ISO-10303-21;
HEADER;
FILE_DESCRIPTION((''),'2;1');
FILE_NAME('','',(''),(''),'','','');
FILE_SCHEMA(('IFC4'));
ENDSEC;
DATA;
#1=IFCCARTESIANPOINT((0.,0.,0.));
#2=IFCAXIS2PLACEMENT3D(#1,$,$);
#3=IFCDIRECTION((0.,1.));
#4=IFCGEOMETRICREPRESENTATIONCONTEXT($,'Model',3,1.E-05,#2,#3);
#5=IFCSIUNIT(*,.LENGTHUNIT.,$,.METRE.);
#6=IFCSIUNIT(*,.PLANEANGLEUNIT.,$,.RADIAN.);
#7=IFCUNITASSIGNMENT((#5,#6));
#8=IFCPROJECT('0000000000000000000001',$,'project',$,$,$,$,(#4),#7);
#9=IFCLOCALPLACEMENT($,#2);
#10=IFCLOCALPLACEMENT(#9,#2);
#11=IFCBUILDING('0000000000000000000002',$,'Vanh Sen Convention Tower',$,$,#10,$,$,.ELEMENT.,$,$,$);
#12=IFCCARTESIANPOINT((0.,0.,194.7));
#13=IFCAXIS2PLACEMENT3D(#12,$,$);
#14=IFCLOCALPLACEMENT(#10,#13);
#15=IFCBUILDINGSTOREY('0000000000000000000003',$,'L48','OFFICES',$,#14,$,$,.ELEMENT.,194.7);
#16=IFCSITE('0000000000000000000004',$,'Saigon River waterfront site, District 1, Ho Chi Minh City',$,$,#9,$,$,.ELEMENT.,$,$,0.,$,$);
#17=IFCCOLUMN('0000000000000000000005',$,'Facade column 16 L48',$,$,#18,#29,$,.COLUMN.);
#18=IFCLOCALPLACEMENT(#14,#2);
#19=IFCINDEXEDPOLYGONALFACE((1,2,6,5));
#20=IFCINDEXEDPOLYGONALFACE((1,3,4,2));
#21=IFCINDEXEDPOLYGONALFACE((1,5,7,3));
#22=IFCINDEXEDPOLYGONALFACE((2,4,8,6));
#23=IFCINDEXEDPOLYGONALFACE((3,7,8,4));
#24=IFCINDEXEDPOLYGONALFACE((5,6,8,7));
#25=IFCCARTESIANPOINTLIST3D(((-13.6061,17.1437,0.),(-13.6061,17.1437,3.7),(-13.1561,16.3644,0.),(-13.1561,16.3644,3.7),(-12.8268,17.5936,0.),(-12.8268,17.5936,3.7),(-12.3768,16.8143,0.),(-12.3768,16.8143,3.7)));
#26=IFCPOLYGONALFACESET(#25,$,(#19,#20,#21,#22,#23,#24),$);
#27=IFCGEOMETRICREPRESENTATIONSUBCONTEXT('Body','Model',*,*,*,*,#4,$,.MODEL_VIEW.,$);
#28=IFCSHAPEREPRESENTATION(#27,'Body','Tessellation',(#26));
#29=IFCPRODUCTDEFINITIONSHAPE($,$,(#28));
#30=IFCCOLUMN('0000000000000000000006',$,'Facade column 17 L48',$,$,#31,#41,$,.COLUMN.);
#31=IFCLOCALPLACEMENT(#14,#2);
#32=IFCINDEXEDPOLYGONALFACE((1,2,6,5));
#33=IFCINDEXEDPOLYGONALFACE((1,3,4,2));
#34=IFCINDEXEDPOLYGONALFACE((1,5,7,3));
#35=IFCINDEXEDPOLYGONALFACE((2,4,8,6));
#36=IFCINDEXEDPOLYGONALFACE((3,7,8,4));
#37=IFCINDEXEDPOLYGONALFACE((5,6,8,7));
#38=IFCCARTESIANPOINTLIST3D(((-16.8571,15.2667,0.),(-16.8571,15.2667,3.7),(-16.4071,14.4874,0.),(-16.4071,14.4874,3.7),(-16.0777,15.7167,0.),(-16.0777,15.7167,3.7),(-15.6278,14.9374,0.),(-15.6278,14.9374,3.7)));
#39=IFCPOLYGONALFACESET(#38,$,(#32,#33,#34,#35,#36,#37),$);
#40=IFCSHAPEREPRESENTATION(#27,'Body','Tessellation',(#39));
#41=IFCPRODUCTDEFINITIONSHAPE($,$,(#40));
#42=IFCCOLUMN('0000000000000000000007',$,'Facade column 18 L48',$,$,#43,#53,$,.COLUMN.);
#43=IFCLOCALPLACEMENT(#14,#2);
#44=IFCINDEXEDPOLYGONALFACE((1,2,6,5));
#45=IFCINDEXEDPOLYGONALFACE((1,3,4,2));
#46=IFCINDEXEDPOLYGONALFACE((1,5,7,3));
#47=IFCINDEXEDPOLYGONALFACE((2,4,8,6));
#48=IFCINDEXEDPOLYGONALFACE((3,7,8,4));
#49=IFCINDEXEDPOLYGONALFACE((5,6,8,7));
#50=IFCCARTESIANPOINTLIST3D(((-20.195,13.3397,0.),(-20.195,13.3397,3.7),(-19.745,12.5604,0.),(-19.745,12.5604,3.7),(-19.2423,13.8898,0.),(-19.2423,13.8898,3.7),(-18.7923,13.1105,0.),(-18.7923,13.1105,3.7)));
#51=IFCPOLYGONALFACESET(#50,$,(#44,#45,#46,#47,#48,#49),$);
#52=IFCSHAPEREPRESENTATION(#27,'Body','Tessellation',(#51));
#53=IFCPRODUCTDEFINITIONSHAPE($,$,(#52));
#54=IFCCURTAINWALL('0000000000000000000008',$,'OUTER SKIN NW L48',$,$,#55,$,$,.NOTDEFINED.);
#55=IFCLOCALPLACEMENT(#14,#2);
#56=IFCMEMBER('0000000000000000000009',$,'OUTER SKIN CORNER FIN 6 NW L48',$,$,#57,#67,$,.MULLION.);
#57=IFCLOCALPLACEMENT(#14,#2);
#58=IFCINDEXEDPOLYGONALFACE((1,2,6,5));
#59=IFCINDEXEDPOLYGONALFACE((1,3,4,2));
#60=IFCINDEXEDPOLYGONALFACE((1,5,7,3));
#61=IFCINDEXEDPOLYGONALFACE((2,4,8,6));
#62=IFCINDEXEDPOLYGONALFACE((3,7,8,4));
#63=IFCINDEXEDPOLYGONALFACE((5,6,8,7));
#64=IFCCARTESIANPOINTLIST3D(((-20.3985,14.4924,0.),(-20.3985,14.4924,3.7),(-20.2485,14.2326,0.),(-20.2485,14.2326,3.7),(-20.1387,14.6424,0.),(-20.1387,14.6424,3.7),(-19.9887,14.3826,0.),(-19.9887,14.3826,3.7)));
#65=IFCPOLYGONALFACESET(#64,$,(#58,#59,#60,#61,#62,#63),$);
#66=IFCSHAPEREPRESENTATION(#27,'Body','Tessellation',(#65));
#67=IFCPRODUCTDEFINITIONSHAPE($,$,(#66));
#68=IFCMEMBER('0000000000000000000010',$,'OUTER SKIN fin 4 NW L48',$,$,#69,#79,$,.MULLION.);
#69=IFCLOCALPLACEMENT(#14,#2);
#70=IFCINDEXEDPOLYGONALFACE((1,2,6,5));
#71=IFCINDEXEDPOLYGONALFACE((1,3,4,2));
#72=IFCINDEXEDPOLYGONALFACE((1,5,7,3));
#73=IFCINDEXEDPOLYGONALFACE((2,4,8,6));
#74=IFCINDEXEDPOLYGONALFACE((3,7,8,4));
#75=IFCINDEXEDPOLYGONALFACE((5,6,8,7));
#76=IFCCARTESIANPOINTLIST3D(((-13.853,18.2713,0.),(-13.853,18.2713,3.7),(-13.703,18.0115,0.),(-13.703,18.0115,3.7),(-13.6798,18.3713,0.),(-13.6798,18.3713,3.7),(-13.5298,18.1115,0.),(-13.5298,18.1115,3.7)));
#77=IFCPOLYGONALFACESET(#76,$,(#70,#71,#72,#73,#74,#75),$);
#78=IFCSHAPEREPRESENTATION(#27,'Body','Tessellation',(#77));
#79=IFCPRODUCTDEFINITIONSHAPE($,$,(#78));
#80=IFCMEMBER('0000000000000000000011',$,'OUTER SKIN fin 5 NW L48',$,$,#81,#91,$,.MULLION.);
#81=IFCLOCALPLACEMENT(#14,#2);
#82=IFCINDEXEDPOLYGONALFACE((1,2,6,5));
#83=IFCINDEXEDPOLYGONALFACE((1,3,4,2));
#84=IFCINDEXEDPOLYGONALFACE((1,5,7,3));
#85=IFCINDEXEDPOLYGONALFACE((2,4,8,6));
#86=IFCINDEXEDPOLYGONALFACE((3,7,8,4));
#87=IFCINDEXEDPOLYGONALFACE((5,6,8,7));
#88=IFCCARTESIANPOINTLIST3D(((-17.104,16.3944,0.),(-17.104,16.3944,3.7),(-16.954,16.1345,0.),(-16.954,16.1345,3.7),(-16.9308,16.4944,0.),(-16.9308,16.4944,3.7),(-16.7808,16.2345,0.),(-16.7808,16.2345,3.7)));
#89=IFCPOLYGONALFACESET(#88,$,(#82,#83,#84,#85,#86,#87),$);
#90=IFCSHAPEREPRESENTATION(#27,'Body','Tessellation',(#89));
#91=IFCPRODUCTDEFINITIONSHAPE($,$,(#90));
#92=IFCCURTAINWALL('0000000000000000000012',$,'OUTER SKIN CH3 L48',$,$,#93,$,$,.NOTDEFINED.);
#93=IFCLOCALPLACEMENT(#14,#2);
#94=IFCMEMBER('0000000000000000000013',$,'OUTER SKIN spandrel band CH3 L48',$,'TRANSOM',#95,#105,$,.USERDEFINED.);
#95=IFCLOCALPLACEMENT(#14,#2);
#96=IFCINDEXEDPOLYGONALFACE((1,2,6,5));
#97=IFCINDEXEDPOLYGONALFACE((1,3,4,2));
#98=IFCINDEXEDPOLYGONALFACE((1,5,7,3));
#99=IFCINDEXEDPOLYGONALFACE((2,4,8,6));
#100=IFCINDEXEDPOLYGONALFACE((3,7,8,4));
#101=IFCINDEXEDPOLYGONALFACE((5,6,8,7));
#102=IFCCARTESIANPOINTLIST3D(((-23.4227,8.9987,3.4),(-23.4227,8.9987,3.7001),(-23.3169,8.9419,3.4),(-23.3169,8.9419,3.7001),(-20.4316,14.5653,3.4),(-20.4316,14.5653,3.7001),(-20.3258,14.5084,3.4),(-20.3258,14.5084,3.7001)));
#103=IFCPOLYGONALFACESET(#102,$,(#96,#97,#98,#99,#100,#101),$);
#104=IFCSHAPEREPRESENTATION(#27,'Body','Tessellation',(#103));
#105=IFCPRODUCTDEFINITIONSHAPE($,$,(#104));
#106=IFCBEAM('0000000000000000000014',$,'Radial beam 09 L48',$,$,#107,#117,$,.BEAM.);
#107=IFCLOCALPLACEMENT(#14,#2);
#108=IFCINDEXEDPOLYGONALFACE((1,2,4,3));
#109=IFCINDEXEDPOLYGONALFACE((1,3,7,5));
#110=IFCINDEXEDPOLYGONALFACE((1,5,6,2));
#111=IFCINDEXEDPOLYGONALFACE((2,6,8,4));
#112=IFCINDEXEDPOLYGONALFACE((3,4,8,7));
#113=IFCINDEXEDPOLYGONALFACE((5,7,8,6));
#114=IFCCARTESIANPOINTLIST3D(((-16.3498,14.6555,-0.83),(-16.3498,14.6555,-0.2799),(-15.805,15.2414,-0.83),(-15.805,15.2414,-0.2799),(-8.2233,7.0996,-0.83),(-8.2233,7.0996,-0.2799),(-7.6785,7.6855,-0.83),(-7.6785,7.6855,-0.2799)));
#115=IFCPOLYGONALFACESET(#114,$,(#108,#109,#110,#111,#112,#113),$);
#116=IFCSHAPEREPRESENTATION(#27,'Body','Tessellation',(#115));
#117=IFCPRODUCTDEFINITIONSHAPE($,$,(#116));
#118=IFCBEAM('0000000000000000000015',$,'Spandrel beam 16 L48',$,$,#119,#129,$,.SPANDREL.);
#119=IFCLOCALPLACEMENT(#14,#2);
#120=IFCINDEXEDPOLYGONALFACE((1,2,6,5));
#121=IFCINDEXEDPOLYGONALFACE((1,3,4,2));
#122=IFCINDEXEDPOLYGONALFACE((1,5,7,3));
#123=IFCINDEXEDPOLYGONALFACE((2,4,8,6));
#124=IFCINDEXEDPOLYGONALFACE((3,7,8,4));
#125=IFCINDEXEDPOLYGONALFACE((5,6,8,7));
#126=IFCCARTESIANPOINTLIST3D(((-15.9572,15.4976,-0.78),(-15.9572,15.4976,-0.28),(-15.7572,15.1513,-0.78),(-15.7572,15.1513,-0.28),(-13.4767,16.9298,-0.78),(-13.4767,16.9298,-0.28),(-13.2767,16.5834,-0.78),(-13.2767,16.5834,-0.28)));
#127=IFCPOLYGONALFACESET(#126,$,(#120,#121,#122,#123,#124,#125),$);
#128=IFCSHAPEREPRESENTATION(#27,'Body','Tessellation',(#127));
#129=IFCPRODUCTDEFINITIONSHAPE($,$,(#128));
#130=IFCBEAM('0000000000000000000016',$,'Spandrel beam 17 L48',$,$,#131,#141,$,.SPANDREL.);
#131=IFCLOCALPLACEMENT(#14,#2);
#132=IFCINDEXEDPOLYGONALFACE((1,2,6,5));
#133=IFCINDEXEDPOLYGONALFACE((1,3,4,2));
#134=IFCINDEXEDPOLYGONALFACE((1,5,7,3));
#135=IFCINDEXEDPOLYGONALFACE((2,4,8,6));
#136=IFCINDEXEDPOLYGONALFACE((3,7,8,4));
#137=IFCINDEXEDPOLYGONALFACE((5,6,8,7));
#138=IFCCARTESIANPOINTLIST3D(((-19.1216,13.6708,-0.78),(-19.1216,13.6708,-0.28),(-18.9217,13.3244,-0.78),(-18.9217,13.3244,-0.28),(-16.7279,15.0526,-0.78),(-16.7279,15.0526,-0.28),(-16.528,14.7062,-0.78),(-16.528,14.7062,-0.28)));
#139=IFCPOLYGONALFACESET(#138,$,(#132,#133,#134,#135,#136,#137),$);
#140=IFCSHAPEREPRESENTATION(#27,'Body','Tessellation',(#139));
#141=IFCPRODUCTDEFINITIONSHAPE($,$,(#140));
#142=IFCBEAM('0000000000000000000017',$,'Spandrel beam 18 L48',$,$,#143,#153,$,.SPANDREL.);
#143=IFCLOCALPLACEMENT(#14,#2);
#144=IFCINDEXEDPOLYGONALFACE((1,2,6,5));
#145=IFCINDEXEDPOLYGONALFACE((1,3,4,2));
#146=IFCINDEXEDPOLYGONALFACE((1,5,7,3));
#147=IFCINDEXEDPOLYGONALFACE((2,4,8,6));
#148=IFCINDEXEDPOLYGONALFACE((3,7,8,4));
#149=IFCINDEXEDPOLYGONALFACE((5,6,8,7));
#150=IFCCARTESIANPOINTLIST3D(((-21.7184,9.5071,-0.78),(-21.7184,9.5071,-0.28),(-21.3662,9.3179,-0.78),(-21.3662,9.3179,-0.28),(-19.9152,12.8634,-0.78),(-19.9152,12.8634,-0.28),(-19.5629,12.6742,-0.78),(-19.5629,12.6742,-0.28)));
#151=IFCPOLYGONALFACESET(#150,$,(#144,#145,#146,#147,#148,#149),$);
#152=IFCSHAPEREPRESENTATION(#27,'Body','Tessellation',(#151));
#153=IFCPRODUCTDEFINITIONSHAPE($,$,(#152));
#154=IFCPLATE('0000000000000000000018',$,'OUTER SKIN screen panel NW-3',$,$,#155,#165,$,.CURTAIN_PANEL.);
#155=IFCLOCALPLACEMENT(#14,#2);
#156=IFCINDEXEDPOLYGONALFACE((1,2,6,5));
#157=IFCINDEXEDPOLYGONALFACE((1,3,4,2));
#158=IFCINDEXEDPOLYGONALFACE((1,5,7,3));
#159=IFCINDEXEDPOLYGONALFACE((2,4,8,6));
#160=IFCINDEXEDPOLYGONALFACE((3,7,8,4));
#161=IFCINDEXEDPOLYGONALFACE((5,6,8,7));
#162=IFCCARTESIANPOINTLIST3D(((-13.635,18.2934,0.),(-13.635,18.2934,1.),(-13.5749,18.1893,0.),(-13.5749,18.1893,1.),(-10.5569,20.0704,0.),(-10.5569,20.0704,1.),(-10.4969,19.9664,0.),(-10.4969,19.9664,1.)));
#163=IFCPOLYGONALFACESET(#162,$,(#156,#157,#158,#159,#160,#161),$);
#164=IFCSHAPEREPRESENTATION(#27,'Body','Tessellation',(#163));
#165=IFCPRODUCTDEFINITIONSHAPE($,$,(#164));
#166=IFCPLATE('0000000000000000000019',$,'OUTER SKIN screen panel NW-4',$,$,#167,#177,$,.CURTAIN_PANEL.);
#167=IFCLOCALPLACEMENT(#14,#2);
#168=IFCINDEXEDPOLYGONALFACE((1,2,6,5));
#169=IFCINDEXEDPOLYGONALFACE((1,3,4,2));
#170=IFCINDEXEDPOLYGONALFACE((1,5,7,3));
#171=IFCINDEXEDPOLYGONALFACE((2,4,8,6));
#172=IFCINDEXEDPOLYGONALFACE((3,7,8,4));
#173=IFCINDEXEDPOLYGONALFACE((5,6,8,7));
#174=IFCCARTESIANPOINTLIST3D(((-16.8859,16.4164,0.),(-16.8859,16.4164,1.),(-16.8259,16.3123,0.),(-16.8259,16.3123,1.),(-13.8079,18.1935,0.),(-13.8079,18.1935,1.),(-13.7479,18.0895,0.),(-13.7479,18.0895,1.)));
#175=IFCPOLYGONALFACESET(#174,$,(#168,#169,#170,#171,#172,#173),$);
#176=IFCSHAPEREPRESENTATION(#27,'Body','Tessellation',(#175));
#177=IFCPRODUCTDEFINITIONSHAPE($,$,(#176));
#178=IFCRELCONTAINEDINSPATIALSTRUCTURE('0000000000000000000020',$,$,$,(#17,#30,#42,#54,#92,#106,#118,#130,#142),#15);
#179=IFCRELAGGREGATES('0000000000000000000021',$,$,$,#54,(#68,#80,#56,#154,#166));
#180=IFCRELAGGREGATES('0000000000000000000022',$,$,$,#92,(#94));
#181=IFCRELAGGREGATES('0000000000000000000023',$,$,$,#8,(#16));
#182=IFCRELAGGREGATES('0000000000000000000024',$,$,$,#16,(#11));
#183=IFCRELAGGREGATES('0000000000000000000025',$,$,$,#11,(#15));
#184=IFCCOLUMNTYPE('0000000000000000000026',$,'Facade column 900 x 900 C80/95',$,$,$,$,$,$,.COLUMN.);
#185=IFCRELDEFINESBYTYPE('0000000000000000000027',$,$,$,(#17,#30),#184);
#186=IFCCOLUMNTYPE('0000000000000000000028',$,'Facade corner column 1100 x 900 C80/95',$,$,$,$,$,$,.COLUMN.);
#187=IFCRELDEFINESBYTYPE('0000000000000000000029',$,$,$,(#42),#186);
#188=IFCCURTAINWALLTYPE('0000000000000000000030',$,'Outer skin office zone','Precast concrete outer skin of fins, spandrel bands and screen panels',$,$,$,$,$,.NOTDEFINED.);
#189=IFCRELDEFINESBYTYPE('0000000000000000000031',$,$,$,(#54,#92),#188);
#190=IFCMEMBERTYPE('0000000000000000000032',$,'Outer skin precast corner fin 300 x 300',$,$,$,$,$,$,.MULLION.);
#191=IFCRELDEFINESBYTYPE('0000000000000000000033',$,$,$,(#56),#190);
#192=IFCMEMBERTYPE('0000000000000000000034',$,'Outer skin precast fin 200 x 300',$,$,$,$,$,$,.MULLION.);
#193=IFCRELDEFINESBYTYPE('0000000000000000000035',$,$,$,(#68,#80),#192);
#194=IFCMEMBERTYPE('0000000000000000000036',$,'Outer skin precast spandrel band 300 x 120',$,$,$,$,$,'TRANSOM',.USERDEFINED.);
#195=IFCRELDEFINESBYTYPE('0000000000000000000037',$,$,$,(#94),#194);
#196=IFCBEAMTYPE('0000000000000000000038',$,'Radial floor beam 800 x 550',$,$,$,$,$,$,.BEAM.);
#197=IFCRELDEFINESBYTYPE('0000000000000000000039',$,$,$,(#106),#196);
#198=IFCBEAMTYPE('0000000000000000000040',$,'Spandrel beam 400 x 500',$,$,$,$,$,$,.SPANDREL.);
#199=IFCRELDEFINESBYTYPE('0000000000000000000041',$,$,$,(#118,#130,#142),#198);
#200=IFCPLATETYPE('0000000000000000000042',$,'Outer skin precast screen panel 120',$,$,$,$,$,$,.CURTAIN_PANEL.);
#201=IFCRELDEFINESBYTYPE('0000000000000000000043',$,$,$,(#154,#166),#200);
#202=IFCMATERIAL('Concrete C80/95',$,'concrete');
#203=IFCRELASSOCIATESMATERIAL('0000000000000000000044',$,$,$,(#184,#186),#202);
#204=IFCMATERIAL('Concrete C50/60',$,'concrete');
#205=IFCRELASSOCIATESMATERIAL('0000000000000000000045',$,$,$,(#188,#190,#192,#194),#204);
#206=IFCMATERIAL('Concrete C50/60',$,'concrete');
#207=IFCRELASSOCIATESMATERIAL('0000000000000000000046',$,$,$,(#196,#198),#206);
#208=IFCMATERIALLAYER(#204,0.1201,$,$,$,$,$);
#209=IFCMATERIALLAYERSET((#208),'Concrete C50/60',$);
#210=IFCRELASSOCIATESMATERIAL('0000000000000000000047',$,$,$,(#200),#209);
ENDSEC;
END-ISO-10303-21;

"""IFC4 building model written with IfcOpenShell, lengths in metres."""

from ifc_helpers import new_model, si_unit, direction, frame, origin, origin_2d, place, context, subcontext, project, spatial, rectangle, extrude, material, layer, layer_set, material_profile, profile_set, type_object, element, aggregate, save


model = new_model("IFC4")

# Units and contexts
model_context = context("Model", 3, precision=1e-05, world=origin(), true_north=direction((0.0, 1.0)))
body_context = subcontext(model_context, "Body", "Model", "MODEL_VIEW")
ifc_project = project(units=[si_unit("LENGTHUNIT", "METRE"), si_unit("PLANEANGLEUNIT", "RADIAN")], contexts=[model_context])

# Site, building, storey
site_placement = place(None, origin())
site = spatial("IfcSite", under=ifc_project, at=site_placement, Name="Saigon River waterfront site, District 1, Ho Chi Minh City", CompositionType="ELEMENT", RefElevation=0.0)
building_placement = place(site_placement, origin())
building = spatial("IfcBuilding", under=site, at=building_placement, Name="Vanh Sen Convention Tower", CompositionType="ELEMENT")
storey_placement = place(building_placement, frame((0.0, 0.0, 194.7)))
storey = spatial("IfcBuildingStorey", under=building, at=storey_placement, Name="L48", Description="OFFICES", CompositionType="ELEMENT", Elevation=194.7)

# Columns
ifc_material_1 = material(Name="Concrete C80/95", Category="concrete")
ifc_material_profile_1 = material_profile(ifc_material_1, rectangle(XDim=0.8999, YDim=0.8999, at=origin_2d()), Name="RC 900X900")
ifc_profile_set_1 = profile_set([ifc_material_profile_1], Name="Concrete C80/95")
column_type_1 = type_object("IfcColumnType", Name="Facade column 900 x 900 C80/95", PredefinedType="COLUMN", material=ifc_profile_set_1)
for number, where, z_axis, x_axis, name in (
    (1, (-12.9915, 16.979, 0.0), (0.0, 0.0, 1.0), (-0.866025, -0.5, 0.0), "Facade column 16 L48"),
    (2, (-16.2424, 15.1021, 0.0), (0.0, 0.0, 1.0), (-0.866025, -0.5, 0.0), "Facade column 17 L48"),
):
    element("IfcColumn", number, at=place(storey_placement, frame(where, z_axis=z_axis, x_axis=x_axis)), inside=storey, type_object=column_type_1, Name=name, PredefinedType="COLUMN", context=body_context, shape_type="SweptSolid", body=[
        extrude(rectangle(XDim=0.8999, YDim=0.8999, at=origin_2d()), origin(), (0.0, 0.0, 1.0), 3.7),
    ])
ifc_material_profile_2 = material_profile(ifc_material_1, rectangle(XDim=1.1001, YDim=0.8999, at=origin_2d()), Name="RC 1100X900")
ifc_profile_set_2 = profile_set([ifc_material_profile_2], Name="Concrete C80/95")
column_type_2 = type_object("IfcColumnType", Name="Facade corner column 1100 x 900 C80/95", PredefinedType="COLUMN", material=ifc_profile_set_2)
column_placement = place(storey_placement, frame((-19.4937, 13.2251, 0.0), z_axis=(0.0, 0.0, 1.0), x_axis=(-0.866025, -0.5, 0.0)))
element("IfcColumn", 3, at=column_placement, inside=storey, type_object=column_type_2, Name="Facade column 18 L48", PredefinedType="COLUMN", context=body_context, shape_type="SweptSolid", body=[
    extrude(rectangle(XDim=1.1001, YDim=0.8999, at=origin_2d()), origin(), (0.0, 0.0, 1.0), 3.7),
])

# Curtain wall, members
ifc_material_2 = material(Name="Concrete C50/60", Category="concrete")
curtain_wall_type = type_object("IfcCurtainWallType", Name="Outer skin office zone", Description="Precast concrete outer skin of fins, spandrel bands and screen panels", PredefinedType="NOTDEFINED", material=ifc_material_2)
curtain_wall_1_placement = place(storey_placement, origin())
curtain_wall_1 = element("IfcCurtainWall", 4, at=curtain_wall_1_placement, inside=storey, type_object=curtain_wall_type, Name="OUTER SKIN NW L48", PredefinedType="NOTDEFINED")
ifc_material_profile_3 = material_profile(ifc_material_2, rectangle(XDim=0.3, YDim=0.3, at=origin_2d()), Name="Outer skin precast corner fin 300 x 300")
ifc_profile_set_3 = profile_set([ifc_material_profile_3], Name="Concrete C50/60")
member_type_1 = type_object("IfcMemberType", Name="Outer skin precast corner fin 300 x 300", PredefinedType="MULLION", material=ifc_profile_set_3)
member_1_placement = place(storey_placement, frame((-20.1936, 14.4375, 0.0), z_axis=(0.0, 0.0, 1.0), x_axis=(-0.866025, -0.5, 0.0)))
member_1 = element("IfcMember", 5, at=member_1_placement, type_object=member_type_1, Name="OUTER SKIN CORNER FIN 6 NW L48", PredefinedType="MULLION", context=body_context, shape_type="SweptSolid", body=[
    extrude(rectangle(XDim=0.3, YDim=0.3, at=origin_2d()), origin(), (0.0, 0.0, 1.0), 3.7),
])
ifc_material_profile_4 = material_profile(ifc_material_2, rectangle(XDim=0.2, YDim=0.3, at=origin_2d()), Name="Outer skin precast fin 200 x 300")
ifc_profile_set_4 = profile_set([ifc_material_profile_4], Name="Concrete C50/60")
member_type_2 = type_object("IfcMemberType", Name="Outer skin precast fin 200 x 300", PredefinedType="MULLION", material=ifc_profile_set_4)
member_2_placement = place(storey_placement, frame((-13.6914, 18.1914, 0.0), z_axis=(0.0, 0.0, 1.0), x_axis=(-0.866025, -0.5, 0.0)))
member_2 = element("IfcMember", 6, at=member_2_placement, type_object=member_type_2, Name="OUTER SKIN fin 4 NW L48", PredefinedType="MULLION", context=body_context, shape_type="SweptSolid", body=[
    extrude(rectangle(XDim=0.2, YDim=0.3, at=origin_2d()), origin(), (0.0, 0.0, 1.0), 3.7),
])
member_3_placement = place(storey_placement, frame((-16.9424, 16.3145, 0.0), z_axis=(0.0, 0.0, 1.0), x_axis=(-0.866025, -0.5, 0.0)))
member_3 = element("IfcMember", 7, at=member_3_placement, type_object=member_type_2, Name="OUTER SKIN fin 5 NW L48", PredefinedType="MULLION", context=body_context, shape_type="SweptSolid", body=[
    extrude(rectangle(XDim=0.2, YDim=0.3, at=origin_2d()), origin(), (0.0, 0.0, 1.0), 3.7),
])

# Curtain wall, member
curtain_wall_2_placement = place(storey_placement, origin())
curtain_wall_2 = element("IfcCurtainWall", 8, at=curtain_wall_2_placement, inside=storey, type_object=curtain_wall_type, Name="OUTER SKIN CH3 L48", PredefinedType="NOTDEFINED")
ifc_material_profile_5 = material_profile(ifc_material_2, rectangle(XDim=0.1201, YDim=0.3, at=origin_2d()), Name="Outer skin precast spandrel band 300 x 120")
ifc_profile_set_5 = profile_set([ifc_material_profile_5], Name="Concrete C50/60")
member_type_3 = type_object("IfcMemberType", Name="Outer skin precast spandrel band 300 x 120", ElementType="TRANSOM", PredefinedType="USERDEFINED", material=ifc_profile_set_5)
member_4_placement = place(storey_placement, frame((-20.3787, 14.5369, 3.55), z_axis=(-0.473337, -0.880881, 0.0), x_axis=(0.880881, -0.473337, 0.0)))
member_4 = element("IfcMember", 9, at=member_4_placement, type_object=member_type_3, Name="OUTER SKIN spandrel band CH3 L48", ObjectType="TRANSOM", PredefinedType="USERDEFINED", context=body_context, shape_type="SweptSolid", body=[
    extrude(rectangle(XDim=0.1201, YDim=0.3, at=origin_2d()), origin(), (0.0, 0.0, 1.0), 6.3193),
])

# Beams
ifc_material_3 = material(Name="Concrete C50/60", Category="concrete")
ifc_material_profile_6 = material_profile(ifc_material_3, rectangle(XDim=0.8, YDim=0.55, at=origin_2d()), Name="RC 800X550")
ifc_profile_set_6 = profile_set([ifc_material_profile_6], Name="Concrete C50/60")
beam_type_1 = type_object("IfcBeamType", Name="Radial floor beam 800 x 550", PredefinedType="BEAM", material=ifc_profile_set_6)
beam_1_placement = place(storey_placement, frame((-16.0774, 14.9485, -0.5549), z_axis=(0.732348, -0.68093, 0.0), x_axis=(0.68093, 0.732348, 0.0)))
element("IfcBeam", 10, at=beam_1_placement, inside=storey, type_object=beam_type_1, Name="Radial beam 09 L48", PredefinedType="BEAM", context=body_context, shape_type="SweptSolid", body=[
    extrude(rectangle(XDim=0.8, YDim=0.55, at=origin_2d()), origin(), (0.0, 0.0, 1.0), 11.0964),
])
ifc_material_profile_7 = material_profile(ifc_material_3, rectangle(XDim=0.3999, YDim=0.5, at=origin_2d()), Name="RC 400X500")
ifc_profile_set_7 = profile_set([ifc_material_profile_7], Name="Concrete C50/60")
beam_type_2 = type_object("IfcBeamType", Name="Spandrel beam 400 x 500", PredefinedType="SPANDREL", material=ifc_profile_set_7)
beam_2_placement = place(storey_placement, frame((-13.3767, 16.7566, -0.53), z_axis=(-0.866021, -0.500008, 0.0), x_axis=(0.500008, -0.866021, 0.0)))
element("IfcBeam", 11, at=beam_2_placement, inside=storey, type_object=beam_type_2, Name="Spandrel beam 16 L48", PredefinedType="SPANDREL", context=body_context, shape_type="SweptSolid", body=[
    extrude(rectangle(XDim=0.3999, YDim=0.5, at=origin_2d()), origin(), (0.0, 0.0, 1.0), 2.8643),
])
beam_3_placement = place(storey_placement, frame((-16.6279, 14.8794, -0.53), z_axis=(-0.866061, -0.499939, 0.0), x_axis=(0.499939, -0.866061, 0.0)))
element("IfcBeam", 12, at=beam_3_placement, inside=storey, type_object=beam_type_2, Name="Spandrel beam 17 L48", PredefinedType="SPANDREL", context=body_context, shape_type="SweptSolid", body=[
    extrude(rectangle(XDim=0.3999, YDim=0.5, at=origin_2d()), origin(), (0.0, 0.0, 1.0), 2.7639),
])
beam_4_placement = place(storey_placement, frame((-19.739, 12.7688, -0.53), z_axis=(-0.473293, -0.880905, 0.0), x_axis=(0.880905, -0.473293, 0.0)))
element("IfcBeam", 13, at=beam_4_placement, inside=storey, type_object=beam_type_2, Name="Spandrel beam 18 L48", PredefinedType="SPANDREL", context=body_context, shape_type="SweptSolid", body=[
    extrude(rectangle(XDim=0.3999, YDim=0.5, at=origin_2d()), origin(), (0.0, 0.0, 1.0), 3.8101),
])

# Plates
ifc_layer_1 = layer(ifc_material_2, 0.1201)
ifc_layer_set_1 = layer_set([ifc_layer_1], Name="Concrete C50/60")
plate_type = type_object("IfcPlateType", Name="Outer skin precast screen panel 120", PredefinedType="CURTAIN_PANEL", material=ifc_layer_set_1)
plate_1_placement = place(storey_placement, frame((-12.0659, 19.1299, 0.0), z_axis=(0.0, 0.0, 1.0), x_axis=(-0.866035, -0.499983, 0.0)))
plate_1 = element("IfcPlate", 14, at=plate_1_placement, type_object=plate_type, Name="OUTER SKIN screen panel NW-3", PredefinedType="CURTAIN_PANEL", context=body_context, shape_type="SweptSolid", body=[
    extrude(rectangle(XDim=3.5542, YDim=0.1201, at=origin_2d()), origin(), (0.0, 0.0, 1.0), 1.0),
])
plate_2_placement = place(storey_placement, frame((-15.3169, 17.2529, 0.0), z_axis=(0.0, 0.0, 1.0), x_axis=(-0.866017, -0.500015, 0.0)))
plate_2 = element("IfcPlate", 15, at=plate_2_placement, type_object=plate_type, Name="OUTER SKIN screen panel NW-4", PredefinedType="CURTAIN_PANEL", context=body_context, shape_type="SweptSolid", body=[
    extrude(rectangle(XDim=3.5542, YDim=0.1201, at=origin_2d()), origin(), (0.0, 0.0, 1.0), 1.0),
])
aggregate(curtain_wall_1, [member_2, member_3, member_1, plate_1, plate_2])
aggregate(curtain_wall_2, [member_4])

save(model, "model.ifc")
